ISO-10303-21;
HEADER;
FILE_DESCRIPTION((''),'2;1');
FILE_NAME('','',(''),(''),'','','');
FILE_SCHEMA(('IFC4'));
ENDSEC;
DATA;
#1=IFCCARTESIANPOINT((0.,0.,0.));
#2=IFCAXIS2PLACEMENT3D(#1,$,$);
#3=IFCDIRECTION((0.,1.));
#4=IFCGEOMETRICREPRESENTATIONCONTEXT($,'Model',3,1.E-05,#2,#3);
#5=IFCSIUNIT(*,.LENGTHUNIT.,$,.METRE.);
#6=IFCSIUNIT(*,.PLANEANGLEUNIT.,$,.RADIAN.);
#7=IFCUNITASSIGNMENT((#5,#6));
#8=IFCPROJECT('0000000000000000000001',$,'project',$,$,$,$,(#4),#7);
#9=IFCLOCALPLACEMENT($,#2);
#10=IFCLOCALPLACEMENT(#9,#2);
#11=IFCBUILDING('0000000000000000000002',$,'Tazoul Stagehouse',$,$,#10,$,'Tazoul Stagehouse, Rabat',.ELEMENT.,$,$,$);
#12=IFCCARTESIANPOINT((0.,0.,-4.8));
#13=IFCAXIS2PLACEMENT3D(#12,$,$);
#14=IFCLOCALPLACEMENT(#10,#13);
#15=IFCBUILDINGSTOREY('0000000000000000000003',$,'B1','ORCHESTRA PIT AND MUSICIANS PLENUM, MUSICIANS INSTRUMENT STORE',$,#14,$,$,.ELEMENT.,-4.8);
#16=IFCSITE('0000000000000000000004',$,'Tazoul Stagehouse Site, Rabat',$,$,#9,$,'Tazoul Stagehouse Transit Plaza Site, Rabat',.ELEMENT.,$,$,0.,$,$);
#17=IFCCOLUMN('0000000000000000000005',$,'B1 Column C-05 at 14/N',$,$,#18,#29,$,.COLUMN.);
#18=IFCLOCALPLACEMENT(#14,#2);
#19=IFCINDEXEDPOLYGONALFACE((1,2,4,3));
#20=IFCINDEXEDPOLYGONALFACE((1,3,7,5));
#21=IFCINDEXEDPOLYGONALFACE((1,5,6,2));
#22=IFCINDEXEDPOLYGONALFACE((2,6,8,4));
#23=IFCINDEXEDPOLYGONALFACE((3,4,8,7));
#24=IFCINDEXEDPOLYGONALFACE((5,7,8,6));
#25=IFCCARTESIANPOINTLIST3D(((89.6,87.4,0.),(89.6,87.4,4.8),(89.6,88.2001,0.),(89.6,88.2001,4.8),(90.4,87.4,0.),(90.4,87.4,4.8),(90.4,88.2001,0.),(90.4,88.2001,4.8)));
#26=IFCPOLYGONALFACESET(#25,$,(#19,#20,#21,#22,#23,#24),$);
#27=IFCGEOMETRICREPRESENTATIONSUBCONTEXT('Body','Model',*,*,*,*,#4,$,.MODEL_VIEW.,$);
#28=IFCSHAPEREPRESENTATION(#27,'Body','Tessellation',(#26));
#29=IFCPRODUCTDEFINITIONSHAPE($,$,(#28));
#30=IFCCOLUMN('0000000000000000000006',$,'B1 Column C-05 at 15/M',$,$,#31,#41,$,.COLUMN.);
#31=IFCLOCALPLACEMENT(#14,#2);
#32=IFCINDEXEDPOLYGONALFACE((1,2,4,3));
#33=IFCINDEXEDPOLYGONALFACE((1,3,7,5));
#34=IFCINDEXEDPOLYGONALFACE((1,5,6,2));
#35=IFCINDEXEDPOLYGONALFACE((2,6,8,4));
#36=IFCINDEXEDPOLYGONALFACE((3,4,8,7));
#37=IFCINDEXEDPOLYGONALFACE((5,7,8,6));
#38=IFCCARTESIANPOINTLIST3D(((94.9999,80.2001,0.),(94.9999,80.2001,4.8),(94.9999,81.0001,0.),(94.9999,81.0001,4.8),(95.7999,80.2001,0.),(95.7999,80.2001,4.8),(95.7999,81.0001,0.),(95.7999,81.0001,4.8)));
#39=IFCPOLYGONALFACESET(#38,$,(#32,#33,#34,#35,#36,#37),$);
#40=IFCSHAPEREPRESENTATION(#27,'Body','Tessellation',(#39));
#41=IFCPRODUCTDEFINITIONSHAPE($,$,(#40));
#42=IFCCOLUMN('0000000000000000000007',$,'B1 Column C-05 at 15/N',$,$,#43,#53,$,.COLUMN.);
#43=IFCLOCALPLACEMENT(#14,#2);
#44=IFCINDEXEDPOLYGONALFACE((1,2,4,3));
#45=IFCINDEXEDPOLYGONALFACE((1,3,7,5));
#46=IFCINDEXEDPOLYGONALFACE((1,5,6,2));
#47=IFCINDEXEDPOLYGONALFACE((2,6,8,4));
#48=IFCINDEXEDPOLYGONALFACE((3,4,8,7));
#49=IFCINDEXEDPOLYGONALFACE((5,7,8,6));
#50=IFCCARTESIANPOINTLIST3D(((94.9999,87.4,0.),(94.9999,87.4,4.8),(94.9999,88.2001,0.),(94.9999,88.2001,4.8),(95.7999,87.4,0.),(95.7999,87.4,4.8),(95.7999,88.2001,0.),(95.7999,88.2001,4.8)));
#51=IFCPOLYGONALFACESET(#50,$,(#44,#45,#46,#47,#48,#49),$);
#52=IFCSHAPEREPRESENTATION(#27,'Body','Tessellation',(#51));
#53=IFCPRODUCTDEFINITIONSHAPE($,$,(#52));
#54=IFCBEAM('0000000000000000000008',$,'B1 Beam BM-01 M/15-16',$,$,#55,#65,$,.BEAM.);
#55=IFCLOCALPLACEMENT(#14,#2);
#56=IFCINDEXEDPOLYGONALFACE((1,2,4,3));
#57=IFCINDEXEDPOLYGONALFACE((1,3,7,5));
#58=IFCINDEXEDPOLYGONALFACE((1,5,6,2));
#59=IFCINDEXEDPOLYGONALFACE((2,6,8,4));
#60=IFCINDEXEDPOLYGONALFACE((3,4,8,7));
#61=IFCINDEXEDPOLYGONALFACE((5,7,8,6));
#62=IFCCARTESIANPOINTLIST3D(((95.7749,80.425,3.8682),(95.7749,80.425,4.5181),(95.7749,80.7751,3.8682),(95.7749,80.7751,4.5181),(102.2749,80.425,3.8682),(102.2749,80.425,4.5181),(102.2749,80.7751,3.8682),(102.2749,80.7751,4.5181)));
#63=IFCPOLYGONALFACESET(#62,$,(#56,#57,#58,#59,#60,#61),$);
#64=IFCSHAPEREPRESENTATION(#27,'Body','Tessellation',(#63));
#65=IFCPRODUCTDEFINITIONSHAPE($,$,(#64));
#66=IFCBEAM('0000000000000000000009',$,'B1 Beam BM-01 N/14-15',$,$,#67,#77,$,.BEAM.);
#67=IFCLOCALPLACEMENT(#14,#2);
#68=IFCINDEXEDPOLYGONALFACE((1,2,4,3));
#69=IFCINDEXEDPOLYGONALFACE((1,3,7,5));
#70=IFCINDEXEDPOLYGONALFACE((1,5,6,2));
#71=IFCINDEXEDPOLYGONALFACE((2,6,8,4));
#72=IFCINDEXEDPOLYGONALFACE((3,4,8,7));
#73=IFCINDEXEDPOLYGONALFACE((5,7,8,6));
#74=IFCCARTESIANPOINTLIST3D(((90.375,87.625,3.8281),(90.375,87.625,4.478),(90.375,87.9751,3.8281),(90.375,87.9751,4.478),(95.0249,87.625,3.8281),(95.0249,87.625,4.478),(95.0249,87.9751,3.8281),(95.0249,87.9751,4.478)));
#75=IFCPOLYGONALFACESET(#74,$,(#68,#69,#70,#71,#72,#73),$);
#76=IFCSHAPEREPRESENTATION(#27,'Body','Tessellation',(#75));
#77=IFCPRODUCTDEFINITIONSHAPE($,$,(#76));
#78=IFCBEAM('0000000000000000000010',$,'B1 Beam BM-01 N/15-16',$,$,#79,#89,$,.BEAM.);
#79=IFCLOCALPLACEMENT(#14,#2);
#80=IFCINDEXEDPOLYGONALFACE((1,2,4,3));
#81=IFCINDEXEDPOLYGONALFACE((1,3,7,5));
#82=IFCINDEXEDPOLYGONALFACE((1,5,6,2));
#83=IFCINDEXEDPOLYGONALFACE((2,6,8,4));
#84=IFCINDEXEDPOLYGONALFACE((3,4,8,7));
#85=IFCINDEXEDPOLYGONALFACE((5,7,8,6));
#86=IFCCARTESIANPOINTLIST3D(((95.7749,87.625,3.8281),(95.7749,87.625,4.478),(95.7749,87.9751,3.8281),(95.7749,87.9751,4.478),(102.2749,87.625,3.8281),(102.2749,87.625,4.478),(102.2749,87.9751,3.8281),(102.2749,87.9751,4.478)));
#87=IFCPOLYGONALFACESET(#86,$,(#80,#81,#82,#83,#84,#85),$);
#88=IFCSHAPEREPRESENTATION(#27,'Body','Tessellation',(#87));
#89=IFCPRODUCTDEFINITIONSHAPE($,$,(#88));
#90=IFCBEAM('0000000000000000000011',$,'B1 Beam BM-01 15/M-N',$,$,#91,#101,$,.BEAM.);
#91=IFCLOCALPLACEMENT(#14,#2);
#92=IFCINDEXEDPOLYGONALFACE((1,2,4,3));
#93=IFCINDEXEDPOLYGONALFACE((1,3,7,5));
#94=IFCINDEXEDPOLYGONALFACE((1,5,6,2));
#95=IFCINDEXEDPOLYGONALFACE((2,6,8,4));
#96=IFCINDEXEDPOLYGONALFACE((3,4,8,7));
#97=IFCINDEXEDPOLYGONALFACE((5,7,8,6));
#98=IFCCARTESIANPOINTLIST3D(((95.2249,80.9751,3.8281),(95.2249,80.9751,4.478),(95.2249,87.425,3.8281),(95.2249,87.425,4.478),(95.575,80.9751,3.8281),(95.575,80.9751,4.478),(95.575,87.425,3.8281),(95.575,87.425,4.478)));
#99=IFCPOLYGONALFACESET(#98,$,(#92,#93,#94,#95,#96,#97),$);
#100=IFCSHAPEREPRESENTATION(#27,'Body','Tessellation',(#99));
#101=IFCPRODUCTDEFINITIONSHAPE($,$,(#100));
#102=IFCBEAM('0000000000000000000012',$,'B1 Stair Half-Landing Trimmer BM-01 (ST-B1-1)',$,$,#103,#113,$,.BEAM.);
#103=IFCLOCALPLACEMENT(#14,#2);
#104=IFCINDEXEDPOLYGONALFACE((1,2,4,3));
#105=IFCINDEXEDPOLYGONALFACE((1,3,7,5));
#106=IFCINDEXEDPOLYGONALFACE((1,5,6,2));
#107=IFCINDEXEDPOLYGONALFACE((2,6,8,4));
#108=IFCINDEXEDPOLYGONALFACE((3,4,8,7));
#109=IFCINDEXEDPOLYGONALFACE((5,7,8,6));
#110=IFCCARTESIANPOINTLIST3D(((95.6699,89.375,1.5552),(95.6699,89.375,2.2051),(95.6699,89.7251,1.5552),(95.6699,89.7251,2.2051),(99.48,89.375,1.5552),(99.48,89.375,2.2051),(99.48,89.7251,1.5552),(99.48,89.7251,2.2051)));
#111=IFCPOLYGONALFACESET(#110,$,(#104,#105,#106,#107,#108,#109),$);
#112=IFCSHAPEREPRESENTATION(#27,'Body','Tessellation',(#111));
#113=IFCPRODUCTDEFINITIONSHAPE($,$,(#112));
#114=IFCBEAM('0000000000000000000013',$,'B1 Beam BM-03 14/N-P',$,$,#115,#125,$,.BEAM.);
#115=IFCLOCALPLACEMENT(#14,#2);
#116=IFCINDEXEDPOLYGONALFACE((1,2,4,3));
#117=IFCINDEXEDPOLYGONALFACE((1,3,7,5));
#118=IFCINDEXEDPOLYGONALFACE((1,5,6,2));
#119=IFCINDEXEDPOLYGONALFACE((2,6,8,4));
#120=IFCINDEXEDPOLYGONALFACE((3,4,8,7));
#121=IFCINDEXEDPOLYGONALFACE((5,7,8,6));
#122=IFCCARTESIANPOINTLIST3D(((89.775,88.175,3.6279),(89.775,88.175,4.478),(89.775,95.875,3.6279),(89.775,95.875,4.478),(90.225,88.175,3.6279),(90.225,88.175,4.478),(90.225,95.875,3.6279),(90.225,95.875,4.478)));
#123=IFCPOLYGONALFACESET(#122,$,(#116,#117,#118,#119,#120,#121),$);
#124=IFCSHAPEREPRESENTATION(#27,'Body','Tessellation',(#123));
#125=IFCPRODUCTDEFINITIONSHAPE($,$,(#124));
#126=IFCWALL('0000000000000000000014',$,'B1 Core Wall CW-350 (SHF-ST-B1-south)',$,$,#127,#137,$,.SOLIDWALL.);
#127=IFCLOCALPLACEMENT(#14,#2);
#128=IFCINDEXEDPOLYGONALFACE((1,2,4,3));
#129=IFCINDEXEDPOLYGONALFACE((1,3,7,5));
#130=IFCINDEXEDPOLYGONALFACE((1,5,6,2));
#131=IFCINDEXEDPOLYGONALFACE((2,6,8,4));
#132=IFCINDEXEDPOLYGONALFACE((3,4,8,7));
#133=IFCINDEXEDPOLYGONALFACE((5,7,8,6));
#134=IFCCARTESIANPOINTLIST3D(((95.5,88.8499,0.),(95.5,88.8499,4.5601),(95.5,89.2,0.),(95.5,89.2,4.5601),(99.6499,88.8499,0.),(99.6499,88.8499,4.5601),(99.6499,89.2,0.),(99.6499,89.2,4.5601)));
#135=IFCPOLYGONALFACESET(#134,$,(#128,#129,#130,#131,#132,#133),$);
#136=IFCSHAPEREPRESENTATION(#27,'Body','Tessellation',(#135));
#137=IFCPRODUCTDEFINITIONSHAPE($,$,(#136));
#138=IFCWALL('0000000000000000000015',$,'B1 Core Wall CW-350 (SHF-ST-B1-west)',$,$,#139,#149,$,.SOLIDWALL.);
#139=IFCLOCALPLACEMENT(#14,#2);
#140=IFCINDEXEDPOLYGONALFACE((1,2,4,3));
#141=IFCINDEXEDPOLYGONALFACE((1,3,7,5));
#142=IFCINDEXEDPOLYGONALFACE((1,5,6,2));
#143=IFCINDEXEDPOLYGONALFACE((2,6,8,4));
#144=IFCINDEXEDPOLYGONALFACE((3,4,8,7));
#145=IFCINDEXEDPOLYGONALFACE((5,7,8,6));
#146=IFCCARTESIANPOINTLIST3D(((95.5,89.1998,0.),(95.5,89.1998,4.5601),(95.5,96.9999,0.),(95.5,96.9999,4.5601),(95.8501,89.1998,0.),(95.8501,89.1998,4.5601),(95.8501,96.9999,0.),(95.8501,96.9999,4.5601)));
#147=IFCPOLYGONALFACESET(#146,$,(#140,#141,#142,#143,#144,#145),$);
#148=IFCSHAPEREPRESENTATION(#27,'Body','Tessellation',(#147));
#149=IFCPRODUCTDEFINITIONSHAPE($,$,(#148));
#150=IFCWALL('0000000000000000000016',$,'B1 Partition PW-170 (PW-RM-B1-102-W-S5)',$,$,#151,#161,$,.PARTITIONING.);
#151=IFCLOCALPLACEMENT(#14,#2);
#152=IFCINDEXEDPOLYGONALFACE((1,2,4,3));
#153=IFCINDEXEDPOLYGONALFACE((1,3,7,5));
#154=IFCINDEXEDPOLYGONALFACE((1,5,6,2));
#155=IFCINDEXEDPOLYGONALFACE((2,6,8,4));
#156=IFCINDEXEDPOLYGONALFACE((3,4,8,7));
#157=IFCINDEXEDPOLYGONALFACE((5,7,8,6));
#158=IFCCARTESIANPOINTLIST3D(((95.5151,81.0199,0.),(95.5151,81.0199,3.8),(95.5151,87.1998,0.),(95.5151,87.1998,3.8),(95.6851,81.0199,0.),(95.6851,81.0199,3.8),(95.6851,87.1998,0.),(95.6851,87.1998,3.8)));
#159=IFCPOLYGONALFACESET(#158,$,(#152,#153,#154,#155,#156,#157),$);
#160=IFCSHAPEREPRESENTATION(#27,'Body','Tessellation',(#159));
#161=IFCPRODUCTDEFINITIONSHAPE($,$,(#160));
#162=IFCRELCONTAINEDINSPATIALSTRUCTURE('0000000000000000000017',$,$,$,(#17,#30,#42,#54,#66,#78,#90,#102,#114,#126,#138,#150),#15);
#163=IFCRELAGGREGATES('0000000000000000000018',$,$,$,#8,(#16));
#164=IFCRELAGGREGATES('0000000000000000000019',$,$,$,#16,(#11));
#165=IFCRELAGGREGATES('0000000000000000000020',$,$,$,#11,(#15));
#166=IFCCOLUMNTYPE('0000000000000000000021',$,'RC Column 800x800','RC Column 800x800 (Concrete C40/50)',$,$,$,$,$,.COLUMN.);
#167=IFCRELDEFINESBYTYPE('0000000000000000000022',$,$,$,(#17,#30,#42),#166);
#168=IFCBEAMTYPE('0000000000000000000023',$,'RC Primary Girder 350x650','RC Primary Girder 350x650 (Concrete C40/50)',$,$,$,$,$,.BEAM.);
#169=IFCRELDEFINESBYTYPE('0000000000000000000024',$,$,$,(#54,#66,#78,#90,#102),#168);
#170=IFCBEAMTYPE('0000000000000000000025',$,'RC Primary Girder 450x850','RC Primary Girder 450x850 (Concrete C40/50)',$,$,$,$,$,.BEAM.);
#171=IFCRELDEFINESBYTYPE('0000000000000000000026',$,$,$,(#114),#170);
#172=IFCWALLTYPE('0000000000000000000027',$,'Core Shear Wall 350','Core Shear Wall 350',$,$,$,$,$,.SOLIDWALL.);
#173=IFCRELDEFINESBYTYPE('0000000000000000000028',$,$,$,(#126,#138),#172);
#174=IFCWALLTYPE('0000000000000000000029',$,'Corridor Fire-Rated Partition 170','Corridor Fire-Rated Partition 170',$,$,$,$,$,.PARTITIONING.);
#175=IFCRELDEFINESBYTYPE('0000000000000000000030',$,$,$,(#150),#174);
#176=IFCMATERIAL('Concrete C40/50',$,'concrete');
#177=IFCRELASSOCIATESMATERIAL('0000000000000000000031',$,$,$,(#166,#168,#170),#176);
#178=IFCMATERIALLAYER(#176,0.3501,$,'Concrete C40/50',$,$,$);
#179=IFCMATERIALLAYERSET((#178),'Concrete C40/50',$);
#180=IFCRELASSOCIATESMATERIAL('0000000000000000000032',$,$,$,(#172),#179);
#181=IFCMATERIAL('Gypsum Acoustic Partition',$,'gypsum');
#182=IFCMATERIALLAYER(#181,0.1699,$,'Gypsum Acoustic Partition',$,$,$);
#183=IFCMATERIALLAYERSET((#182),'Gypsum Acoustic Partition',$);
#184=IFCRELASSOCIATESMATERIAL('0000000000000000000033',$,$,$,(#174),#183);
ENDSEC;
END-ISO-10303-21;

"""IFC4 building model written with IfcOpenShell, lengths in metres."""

from ifc_helpers import new_model, si_unit, direction, frame, frame_2d, origin, origin_2d, place, context, subcontext, project, spatial, rectangle, extrude, material, layer, layer_set, material_profile, profile_set, type_object, element, save


model = new_model("IFC4")

# Units and contexts
model_context = context("Model", 3, precision=1e-05, world=origin(), true_north=direction((0.0, 1.0)))
body_context = subcontext(model_context, "Body", "Model", "MODEL_VIEW")
ifc_project = project(units=[si_unit("LENGTHUNIT", "METRE"), si_unit("PLANEANGLEUNIT", "RADIAN")], contexts=[model_context])

# Site, building, storey
site_placement = place(None, origin())
site = spatial("IfcSite", under=ifc_project, at=site_placement, Name="Tazoul Stagehouse Site, Rabat", LongName="Tazoul Stagehouse Transit Plaza Site, Rabat", CompositionType="ELEMENT", RefElevation=0.0)
building_placement = place(site_placement, origin())
building = spatial("IfcBuilding", under=site, at=building_placement, Name="Tazoul Stagehouse", LongName="Tazoul Stagehouse, Rabat", CompositionType="ELEMENT")
storey_placement = place(building_placement, frame((0.0, 0.0, -4.8)))
storey = spatial("IfcBuildingStorey", under=building, at=storey_placement, Name="B1", Description="ORCHESTRA PIT AND MUSICIANS PLENUM, MUSICIANS INSTRUMENT STORE", CompositionType="ELEMENT", Elevation=-4.8)

# Columns
ifc_material_1 = material(Name="Concrete C40/50", Category="concrete")
ifc_material_profile_1 = material_profile(ifc_material_1, rectangle(XDim=0.8, YDim=0.8, at=origin_2d()), Name="RC 800x800")
ifc_profile_set_1 = profile_set([ifc_material_profile_1], Name="Concrete C40/50")
column_type_1 = type_object("IfcColumnType", Name="RC Column 800x800", Description="RC Column 800x800 (Concrete C40/50)", PredefinedType="COLUMN", material=ifc_profile_set_1)
for number, where, z_axis, x_axis, name in (
    (1, (90.0, 87.8, 0.0), (0.0, 0.0, 1.0), (1.0, 0.0, 0.0), "B1 Column C-05 at 14/N"),
    (2, (95.3999, 80.6001, 0.0), (0.0, 0.0, 1.0), (1.0, 0.0, 0.0), "B1 Column C-05 at 15/M"),
    (3, (95.3999, 87.8, 0.0), (0.0, 0.0, 1.0), (1.0, 0.0, 0.0), "B1 Column C-05 at 15/N"),
):
    element("IfcColumn", number, at=place(storey_placement, frame(where, z_axis=z_axis, x_axis=x_axis)), inside=storey, type_object=column_type_1, Name=name, PredefinedType="COLUMN", context=body_context, shape_type="SweptSolid", body=[
        extrude(rectangle(XDim=0.8, YDim=0.8, at=origin_2d()), origin(), (0.0, 0.0, 1.0), 4.8),
    ])

# Beams
ifc_material_profile_2 = material_profile(ifc_material_1, rectangle(XDim=0.3501, YDim=0.6499, at=origin_2d()), Name="RC 350x650")
ifc_profile_set_2 = profile_set([ifc_material_profile_2], Name="Concrete C40/50")
beam_type_1 = type_object("IfcBeamType", Name="RC Primary Girder 350x650", Description="RC Primary Girder 350x650 (Concrete C40/50)", PredefinedType="BEAM", material=ifc_profile_set_2)
beam_1_placement = place(storey_placement, frame((95.7749, 80.6001, 4.1931), z_axis=(1.0, 0.0, 0.0), x_axis=(0.0, 1.0, 0.0)))
element("IfcBeam", 4, at=beam_1_placement, inside=storey, type_object=beam_type_1, Name="B1 Beam BM-01 M/15-16", PredefinedType="BEAM", context=body_context, shape_type="SweptSolid", body=[
    extrude(rectangle(XDim=0.3501, YDim=0.6499, at=origin_2d()), origin(), (0.0, 0.0, 1.0), 6.5),
])
beam_2_placement = place(storey_placement, frame((90.375, 87.8, 4.1531), z_axis=(1.0, 0.0, 0.0), x_axis=(0.0, 1.0, 0.0)))
element("IfcBeam", 5, at=beam_2_placement, inside=storey, type_object=beam_type_1, Name="B1 Beam BM-01 N/14-15", PredefinedType="BEAM", context=body_context, shape_type="SweptSolid", body=[
    extrude(rectangle(XDim=0.3501, YDim=0.6499, at=origin_2d()), origin(), (0.0, 0.0, 1.0), 4.6499),
])
beam_3_placement = place(storey_placement, frame((95.7749, 87.8, 4.1531), z_axis=(1.0, 0.0, 0.0), x_axis=(0.0, 1.0, 0.0)))
element("IfcBeam", 6, at=beam_3_placement, inside=storey, type_object=beam_type_1, Name="B1 Beam BM-01 N/15-16", PredefinedType="BEAM", context=body_context, shape_type="SweptSolid", body=[
    extrude(rectangle(XDim=0.3501, YDim=0.6499, at=origin_2d()), origin(), (0.0, 0.0, 1.0), 6.5),
])
beam_4_placement = place(storey_placement, frame((95.3999, 80.9751, 4.1531), z_axis=(0.0, 1.0, 0.0), x_axis=(-1.0, 0.0, 0.0)))
element("IfcBeam", 7, at=beam_4_placement, inside=storey, type_object=beam_type_1, Name="B1 Beam BM-01 15/M-N", PredefinedType="BEAM", context=body_context, shape_type="SweptSolid", body=[
    extrude(rectangle(XDim=0.3501, YDim=0.6499, at=origin_2d()), origin(), (0.0, 0.0, 1.0), 6.45),
])
beam_5_placement = place(storey_placement, frame((95.6699, 89.55, 1.8801), z_axis=(1.0, 0.0, 0.0), x_axis=(0.0, 1.0, 0.0)))
element("IfcBeam", 8, at=beam_5_placement, inside=storey, type_object=beam_type_1, Name="B1 Stair Half-Landing Trimmer BM-01 (ST-B1-1)", PredefinedType="BEAM", context=body_context, shape_type="SweptSolid", body=[
    extrude(rectangle(XDim=0.3501, YDim=0.6499, at=origin_2d()), origin(), (0.0, 0.0, 1.0), 3.8101),
])
ifc_material_profile_3 = material_profile(ifc_material_1, rectangle(XDim=0.45, YDim=0.8501, at=origin_2d()), Name="RC 450x850")
ifc_profile_set_3 = profile_set([ifc_material_profile_3], Name="Concrete C40/50")
beam_type_2 = type_object("IfcBeamType", Name="RC Primary Girder 450x850", Description="RC Primary Girder 450x850 (Concrete C40/50)", PredefinedType="BEAM", material=ifc_profile_set_3)
beam_6_placement = place(storey_placement, frame((90.0, 88.175, 4.053), z_axis=(0.0, 1.0, 0.0), x_axis=(-1.0, 0.0, 0.0)))
element("IfcBeam", 9, at=beam_6_placement, inside=storey, type_object=beam_type_2, Name="B1 Beam BM-03 14/N-P", PredefinedType="BEAM", context=body_context, shape_type="SweptSolid", body=[
    extrude(rectangle(XDim=0.45, YDim=0.8501, at=origin_2d()), origin(), (0.0, 0.0, 1.0), 7.7),
])

# Walls
ifc_layer_1 = layer(ifc_material_1, 0.3501, Name="Concrete C40/50")
ifc_layer_set_1 = layer_set([ifc_layer_1], Name="Concrete C40/50")
wall_type_1 = type_object("IfcWallType", Name="Core Shear Wall 350", Description="Core Shear Wall 350", PredefinedType="SOLIDWALL", material=ifc_layer_set_1)
wall_1_placement = place(storey_placement, frame((99.6499, 89.0249, 0.0), z_axis=(0.0, 0.0, 1.0), x_axis=(-1.0, 0.0, 0.0)))
element("IfcWall", 10, at=wall_1_placement, inside=storey, type_object=wall_type_1, Name="B1 Core Wall CW-350 (SHF-ST-B1-south)", PredefinedType="SOLIDWALL", context=body_context, shape_type="SweptSolid", body=[
    extrude(rectangle(XDim=4.1499, YDim=0.3501, at=frame_2d((2.075, 0.0))), origin(), (0.0, 0.0, 1.0), 4.5601),
])
wall_2_placement = place(storey_placement, frame((95.675, 89.2, 0.0), z_axis=(0.0, 0.0, 1.0), x_axis=(0.0, 1.0, 0.0)))
element("IfcWall", 11, at=wall_2_placement, inside=storey, type_object=wall_type_1, Name="B1 Core Wall CW-350 (SHF-ST-B1-west)", PredefinedType="SOLIDWALL", context=body_context, shape_type="SweptSolid", body=[
    extrude(rectangle(XDim=7.8, YDim=0.3501, at=frame_2d((3.8999, 0.0))), origin(), (0.0, 0.0, 1.0), 4.5601),
])
ifc_material_2 = material(Name="Gypsum Acoustic Partition", Category="gypsum")
ifc_layer_2 = layer(ifc_material_2, 0.1699, Name="Gypsum Acoustic Partition")
ifc_layer_set_2 = layer_set([ifc_layer_2], Name="Gypsum Acoustic Partition")
wall_type_2 = type_object("IfcWallType", Name="Corridor Fire-Rated Partition 170", Description="Corridor Fire-Rated Partition 170", PredefinedType="PARTITIONING", material=ifc_layer_set_2)
wall_3_placement = place(storey_placement, frame((95.6001, 81.02, 0.0), z_axis=(0.0, 0.0, 1.0), x_axis=(0.0, 1.0, 0.0)))
element("IfcWall", 12, at=wall_3_placement, inside=storey, type_object=wall_type_2, Name="B1 Partition PW-170 (PW-RM-B1-102-W-S5)", PredefinedType="PARTITIONING", context=body_context, shape_type="SweptSolid", body=[
    extrude(rectangle(XDim=6.1799, YDim=0.1699, at=frame_2d((3.0898, 0.0))), origin(), (0.0, 0.0, 1.0), 3.8),
])

save(model, "model.ifc")
